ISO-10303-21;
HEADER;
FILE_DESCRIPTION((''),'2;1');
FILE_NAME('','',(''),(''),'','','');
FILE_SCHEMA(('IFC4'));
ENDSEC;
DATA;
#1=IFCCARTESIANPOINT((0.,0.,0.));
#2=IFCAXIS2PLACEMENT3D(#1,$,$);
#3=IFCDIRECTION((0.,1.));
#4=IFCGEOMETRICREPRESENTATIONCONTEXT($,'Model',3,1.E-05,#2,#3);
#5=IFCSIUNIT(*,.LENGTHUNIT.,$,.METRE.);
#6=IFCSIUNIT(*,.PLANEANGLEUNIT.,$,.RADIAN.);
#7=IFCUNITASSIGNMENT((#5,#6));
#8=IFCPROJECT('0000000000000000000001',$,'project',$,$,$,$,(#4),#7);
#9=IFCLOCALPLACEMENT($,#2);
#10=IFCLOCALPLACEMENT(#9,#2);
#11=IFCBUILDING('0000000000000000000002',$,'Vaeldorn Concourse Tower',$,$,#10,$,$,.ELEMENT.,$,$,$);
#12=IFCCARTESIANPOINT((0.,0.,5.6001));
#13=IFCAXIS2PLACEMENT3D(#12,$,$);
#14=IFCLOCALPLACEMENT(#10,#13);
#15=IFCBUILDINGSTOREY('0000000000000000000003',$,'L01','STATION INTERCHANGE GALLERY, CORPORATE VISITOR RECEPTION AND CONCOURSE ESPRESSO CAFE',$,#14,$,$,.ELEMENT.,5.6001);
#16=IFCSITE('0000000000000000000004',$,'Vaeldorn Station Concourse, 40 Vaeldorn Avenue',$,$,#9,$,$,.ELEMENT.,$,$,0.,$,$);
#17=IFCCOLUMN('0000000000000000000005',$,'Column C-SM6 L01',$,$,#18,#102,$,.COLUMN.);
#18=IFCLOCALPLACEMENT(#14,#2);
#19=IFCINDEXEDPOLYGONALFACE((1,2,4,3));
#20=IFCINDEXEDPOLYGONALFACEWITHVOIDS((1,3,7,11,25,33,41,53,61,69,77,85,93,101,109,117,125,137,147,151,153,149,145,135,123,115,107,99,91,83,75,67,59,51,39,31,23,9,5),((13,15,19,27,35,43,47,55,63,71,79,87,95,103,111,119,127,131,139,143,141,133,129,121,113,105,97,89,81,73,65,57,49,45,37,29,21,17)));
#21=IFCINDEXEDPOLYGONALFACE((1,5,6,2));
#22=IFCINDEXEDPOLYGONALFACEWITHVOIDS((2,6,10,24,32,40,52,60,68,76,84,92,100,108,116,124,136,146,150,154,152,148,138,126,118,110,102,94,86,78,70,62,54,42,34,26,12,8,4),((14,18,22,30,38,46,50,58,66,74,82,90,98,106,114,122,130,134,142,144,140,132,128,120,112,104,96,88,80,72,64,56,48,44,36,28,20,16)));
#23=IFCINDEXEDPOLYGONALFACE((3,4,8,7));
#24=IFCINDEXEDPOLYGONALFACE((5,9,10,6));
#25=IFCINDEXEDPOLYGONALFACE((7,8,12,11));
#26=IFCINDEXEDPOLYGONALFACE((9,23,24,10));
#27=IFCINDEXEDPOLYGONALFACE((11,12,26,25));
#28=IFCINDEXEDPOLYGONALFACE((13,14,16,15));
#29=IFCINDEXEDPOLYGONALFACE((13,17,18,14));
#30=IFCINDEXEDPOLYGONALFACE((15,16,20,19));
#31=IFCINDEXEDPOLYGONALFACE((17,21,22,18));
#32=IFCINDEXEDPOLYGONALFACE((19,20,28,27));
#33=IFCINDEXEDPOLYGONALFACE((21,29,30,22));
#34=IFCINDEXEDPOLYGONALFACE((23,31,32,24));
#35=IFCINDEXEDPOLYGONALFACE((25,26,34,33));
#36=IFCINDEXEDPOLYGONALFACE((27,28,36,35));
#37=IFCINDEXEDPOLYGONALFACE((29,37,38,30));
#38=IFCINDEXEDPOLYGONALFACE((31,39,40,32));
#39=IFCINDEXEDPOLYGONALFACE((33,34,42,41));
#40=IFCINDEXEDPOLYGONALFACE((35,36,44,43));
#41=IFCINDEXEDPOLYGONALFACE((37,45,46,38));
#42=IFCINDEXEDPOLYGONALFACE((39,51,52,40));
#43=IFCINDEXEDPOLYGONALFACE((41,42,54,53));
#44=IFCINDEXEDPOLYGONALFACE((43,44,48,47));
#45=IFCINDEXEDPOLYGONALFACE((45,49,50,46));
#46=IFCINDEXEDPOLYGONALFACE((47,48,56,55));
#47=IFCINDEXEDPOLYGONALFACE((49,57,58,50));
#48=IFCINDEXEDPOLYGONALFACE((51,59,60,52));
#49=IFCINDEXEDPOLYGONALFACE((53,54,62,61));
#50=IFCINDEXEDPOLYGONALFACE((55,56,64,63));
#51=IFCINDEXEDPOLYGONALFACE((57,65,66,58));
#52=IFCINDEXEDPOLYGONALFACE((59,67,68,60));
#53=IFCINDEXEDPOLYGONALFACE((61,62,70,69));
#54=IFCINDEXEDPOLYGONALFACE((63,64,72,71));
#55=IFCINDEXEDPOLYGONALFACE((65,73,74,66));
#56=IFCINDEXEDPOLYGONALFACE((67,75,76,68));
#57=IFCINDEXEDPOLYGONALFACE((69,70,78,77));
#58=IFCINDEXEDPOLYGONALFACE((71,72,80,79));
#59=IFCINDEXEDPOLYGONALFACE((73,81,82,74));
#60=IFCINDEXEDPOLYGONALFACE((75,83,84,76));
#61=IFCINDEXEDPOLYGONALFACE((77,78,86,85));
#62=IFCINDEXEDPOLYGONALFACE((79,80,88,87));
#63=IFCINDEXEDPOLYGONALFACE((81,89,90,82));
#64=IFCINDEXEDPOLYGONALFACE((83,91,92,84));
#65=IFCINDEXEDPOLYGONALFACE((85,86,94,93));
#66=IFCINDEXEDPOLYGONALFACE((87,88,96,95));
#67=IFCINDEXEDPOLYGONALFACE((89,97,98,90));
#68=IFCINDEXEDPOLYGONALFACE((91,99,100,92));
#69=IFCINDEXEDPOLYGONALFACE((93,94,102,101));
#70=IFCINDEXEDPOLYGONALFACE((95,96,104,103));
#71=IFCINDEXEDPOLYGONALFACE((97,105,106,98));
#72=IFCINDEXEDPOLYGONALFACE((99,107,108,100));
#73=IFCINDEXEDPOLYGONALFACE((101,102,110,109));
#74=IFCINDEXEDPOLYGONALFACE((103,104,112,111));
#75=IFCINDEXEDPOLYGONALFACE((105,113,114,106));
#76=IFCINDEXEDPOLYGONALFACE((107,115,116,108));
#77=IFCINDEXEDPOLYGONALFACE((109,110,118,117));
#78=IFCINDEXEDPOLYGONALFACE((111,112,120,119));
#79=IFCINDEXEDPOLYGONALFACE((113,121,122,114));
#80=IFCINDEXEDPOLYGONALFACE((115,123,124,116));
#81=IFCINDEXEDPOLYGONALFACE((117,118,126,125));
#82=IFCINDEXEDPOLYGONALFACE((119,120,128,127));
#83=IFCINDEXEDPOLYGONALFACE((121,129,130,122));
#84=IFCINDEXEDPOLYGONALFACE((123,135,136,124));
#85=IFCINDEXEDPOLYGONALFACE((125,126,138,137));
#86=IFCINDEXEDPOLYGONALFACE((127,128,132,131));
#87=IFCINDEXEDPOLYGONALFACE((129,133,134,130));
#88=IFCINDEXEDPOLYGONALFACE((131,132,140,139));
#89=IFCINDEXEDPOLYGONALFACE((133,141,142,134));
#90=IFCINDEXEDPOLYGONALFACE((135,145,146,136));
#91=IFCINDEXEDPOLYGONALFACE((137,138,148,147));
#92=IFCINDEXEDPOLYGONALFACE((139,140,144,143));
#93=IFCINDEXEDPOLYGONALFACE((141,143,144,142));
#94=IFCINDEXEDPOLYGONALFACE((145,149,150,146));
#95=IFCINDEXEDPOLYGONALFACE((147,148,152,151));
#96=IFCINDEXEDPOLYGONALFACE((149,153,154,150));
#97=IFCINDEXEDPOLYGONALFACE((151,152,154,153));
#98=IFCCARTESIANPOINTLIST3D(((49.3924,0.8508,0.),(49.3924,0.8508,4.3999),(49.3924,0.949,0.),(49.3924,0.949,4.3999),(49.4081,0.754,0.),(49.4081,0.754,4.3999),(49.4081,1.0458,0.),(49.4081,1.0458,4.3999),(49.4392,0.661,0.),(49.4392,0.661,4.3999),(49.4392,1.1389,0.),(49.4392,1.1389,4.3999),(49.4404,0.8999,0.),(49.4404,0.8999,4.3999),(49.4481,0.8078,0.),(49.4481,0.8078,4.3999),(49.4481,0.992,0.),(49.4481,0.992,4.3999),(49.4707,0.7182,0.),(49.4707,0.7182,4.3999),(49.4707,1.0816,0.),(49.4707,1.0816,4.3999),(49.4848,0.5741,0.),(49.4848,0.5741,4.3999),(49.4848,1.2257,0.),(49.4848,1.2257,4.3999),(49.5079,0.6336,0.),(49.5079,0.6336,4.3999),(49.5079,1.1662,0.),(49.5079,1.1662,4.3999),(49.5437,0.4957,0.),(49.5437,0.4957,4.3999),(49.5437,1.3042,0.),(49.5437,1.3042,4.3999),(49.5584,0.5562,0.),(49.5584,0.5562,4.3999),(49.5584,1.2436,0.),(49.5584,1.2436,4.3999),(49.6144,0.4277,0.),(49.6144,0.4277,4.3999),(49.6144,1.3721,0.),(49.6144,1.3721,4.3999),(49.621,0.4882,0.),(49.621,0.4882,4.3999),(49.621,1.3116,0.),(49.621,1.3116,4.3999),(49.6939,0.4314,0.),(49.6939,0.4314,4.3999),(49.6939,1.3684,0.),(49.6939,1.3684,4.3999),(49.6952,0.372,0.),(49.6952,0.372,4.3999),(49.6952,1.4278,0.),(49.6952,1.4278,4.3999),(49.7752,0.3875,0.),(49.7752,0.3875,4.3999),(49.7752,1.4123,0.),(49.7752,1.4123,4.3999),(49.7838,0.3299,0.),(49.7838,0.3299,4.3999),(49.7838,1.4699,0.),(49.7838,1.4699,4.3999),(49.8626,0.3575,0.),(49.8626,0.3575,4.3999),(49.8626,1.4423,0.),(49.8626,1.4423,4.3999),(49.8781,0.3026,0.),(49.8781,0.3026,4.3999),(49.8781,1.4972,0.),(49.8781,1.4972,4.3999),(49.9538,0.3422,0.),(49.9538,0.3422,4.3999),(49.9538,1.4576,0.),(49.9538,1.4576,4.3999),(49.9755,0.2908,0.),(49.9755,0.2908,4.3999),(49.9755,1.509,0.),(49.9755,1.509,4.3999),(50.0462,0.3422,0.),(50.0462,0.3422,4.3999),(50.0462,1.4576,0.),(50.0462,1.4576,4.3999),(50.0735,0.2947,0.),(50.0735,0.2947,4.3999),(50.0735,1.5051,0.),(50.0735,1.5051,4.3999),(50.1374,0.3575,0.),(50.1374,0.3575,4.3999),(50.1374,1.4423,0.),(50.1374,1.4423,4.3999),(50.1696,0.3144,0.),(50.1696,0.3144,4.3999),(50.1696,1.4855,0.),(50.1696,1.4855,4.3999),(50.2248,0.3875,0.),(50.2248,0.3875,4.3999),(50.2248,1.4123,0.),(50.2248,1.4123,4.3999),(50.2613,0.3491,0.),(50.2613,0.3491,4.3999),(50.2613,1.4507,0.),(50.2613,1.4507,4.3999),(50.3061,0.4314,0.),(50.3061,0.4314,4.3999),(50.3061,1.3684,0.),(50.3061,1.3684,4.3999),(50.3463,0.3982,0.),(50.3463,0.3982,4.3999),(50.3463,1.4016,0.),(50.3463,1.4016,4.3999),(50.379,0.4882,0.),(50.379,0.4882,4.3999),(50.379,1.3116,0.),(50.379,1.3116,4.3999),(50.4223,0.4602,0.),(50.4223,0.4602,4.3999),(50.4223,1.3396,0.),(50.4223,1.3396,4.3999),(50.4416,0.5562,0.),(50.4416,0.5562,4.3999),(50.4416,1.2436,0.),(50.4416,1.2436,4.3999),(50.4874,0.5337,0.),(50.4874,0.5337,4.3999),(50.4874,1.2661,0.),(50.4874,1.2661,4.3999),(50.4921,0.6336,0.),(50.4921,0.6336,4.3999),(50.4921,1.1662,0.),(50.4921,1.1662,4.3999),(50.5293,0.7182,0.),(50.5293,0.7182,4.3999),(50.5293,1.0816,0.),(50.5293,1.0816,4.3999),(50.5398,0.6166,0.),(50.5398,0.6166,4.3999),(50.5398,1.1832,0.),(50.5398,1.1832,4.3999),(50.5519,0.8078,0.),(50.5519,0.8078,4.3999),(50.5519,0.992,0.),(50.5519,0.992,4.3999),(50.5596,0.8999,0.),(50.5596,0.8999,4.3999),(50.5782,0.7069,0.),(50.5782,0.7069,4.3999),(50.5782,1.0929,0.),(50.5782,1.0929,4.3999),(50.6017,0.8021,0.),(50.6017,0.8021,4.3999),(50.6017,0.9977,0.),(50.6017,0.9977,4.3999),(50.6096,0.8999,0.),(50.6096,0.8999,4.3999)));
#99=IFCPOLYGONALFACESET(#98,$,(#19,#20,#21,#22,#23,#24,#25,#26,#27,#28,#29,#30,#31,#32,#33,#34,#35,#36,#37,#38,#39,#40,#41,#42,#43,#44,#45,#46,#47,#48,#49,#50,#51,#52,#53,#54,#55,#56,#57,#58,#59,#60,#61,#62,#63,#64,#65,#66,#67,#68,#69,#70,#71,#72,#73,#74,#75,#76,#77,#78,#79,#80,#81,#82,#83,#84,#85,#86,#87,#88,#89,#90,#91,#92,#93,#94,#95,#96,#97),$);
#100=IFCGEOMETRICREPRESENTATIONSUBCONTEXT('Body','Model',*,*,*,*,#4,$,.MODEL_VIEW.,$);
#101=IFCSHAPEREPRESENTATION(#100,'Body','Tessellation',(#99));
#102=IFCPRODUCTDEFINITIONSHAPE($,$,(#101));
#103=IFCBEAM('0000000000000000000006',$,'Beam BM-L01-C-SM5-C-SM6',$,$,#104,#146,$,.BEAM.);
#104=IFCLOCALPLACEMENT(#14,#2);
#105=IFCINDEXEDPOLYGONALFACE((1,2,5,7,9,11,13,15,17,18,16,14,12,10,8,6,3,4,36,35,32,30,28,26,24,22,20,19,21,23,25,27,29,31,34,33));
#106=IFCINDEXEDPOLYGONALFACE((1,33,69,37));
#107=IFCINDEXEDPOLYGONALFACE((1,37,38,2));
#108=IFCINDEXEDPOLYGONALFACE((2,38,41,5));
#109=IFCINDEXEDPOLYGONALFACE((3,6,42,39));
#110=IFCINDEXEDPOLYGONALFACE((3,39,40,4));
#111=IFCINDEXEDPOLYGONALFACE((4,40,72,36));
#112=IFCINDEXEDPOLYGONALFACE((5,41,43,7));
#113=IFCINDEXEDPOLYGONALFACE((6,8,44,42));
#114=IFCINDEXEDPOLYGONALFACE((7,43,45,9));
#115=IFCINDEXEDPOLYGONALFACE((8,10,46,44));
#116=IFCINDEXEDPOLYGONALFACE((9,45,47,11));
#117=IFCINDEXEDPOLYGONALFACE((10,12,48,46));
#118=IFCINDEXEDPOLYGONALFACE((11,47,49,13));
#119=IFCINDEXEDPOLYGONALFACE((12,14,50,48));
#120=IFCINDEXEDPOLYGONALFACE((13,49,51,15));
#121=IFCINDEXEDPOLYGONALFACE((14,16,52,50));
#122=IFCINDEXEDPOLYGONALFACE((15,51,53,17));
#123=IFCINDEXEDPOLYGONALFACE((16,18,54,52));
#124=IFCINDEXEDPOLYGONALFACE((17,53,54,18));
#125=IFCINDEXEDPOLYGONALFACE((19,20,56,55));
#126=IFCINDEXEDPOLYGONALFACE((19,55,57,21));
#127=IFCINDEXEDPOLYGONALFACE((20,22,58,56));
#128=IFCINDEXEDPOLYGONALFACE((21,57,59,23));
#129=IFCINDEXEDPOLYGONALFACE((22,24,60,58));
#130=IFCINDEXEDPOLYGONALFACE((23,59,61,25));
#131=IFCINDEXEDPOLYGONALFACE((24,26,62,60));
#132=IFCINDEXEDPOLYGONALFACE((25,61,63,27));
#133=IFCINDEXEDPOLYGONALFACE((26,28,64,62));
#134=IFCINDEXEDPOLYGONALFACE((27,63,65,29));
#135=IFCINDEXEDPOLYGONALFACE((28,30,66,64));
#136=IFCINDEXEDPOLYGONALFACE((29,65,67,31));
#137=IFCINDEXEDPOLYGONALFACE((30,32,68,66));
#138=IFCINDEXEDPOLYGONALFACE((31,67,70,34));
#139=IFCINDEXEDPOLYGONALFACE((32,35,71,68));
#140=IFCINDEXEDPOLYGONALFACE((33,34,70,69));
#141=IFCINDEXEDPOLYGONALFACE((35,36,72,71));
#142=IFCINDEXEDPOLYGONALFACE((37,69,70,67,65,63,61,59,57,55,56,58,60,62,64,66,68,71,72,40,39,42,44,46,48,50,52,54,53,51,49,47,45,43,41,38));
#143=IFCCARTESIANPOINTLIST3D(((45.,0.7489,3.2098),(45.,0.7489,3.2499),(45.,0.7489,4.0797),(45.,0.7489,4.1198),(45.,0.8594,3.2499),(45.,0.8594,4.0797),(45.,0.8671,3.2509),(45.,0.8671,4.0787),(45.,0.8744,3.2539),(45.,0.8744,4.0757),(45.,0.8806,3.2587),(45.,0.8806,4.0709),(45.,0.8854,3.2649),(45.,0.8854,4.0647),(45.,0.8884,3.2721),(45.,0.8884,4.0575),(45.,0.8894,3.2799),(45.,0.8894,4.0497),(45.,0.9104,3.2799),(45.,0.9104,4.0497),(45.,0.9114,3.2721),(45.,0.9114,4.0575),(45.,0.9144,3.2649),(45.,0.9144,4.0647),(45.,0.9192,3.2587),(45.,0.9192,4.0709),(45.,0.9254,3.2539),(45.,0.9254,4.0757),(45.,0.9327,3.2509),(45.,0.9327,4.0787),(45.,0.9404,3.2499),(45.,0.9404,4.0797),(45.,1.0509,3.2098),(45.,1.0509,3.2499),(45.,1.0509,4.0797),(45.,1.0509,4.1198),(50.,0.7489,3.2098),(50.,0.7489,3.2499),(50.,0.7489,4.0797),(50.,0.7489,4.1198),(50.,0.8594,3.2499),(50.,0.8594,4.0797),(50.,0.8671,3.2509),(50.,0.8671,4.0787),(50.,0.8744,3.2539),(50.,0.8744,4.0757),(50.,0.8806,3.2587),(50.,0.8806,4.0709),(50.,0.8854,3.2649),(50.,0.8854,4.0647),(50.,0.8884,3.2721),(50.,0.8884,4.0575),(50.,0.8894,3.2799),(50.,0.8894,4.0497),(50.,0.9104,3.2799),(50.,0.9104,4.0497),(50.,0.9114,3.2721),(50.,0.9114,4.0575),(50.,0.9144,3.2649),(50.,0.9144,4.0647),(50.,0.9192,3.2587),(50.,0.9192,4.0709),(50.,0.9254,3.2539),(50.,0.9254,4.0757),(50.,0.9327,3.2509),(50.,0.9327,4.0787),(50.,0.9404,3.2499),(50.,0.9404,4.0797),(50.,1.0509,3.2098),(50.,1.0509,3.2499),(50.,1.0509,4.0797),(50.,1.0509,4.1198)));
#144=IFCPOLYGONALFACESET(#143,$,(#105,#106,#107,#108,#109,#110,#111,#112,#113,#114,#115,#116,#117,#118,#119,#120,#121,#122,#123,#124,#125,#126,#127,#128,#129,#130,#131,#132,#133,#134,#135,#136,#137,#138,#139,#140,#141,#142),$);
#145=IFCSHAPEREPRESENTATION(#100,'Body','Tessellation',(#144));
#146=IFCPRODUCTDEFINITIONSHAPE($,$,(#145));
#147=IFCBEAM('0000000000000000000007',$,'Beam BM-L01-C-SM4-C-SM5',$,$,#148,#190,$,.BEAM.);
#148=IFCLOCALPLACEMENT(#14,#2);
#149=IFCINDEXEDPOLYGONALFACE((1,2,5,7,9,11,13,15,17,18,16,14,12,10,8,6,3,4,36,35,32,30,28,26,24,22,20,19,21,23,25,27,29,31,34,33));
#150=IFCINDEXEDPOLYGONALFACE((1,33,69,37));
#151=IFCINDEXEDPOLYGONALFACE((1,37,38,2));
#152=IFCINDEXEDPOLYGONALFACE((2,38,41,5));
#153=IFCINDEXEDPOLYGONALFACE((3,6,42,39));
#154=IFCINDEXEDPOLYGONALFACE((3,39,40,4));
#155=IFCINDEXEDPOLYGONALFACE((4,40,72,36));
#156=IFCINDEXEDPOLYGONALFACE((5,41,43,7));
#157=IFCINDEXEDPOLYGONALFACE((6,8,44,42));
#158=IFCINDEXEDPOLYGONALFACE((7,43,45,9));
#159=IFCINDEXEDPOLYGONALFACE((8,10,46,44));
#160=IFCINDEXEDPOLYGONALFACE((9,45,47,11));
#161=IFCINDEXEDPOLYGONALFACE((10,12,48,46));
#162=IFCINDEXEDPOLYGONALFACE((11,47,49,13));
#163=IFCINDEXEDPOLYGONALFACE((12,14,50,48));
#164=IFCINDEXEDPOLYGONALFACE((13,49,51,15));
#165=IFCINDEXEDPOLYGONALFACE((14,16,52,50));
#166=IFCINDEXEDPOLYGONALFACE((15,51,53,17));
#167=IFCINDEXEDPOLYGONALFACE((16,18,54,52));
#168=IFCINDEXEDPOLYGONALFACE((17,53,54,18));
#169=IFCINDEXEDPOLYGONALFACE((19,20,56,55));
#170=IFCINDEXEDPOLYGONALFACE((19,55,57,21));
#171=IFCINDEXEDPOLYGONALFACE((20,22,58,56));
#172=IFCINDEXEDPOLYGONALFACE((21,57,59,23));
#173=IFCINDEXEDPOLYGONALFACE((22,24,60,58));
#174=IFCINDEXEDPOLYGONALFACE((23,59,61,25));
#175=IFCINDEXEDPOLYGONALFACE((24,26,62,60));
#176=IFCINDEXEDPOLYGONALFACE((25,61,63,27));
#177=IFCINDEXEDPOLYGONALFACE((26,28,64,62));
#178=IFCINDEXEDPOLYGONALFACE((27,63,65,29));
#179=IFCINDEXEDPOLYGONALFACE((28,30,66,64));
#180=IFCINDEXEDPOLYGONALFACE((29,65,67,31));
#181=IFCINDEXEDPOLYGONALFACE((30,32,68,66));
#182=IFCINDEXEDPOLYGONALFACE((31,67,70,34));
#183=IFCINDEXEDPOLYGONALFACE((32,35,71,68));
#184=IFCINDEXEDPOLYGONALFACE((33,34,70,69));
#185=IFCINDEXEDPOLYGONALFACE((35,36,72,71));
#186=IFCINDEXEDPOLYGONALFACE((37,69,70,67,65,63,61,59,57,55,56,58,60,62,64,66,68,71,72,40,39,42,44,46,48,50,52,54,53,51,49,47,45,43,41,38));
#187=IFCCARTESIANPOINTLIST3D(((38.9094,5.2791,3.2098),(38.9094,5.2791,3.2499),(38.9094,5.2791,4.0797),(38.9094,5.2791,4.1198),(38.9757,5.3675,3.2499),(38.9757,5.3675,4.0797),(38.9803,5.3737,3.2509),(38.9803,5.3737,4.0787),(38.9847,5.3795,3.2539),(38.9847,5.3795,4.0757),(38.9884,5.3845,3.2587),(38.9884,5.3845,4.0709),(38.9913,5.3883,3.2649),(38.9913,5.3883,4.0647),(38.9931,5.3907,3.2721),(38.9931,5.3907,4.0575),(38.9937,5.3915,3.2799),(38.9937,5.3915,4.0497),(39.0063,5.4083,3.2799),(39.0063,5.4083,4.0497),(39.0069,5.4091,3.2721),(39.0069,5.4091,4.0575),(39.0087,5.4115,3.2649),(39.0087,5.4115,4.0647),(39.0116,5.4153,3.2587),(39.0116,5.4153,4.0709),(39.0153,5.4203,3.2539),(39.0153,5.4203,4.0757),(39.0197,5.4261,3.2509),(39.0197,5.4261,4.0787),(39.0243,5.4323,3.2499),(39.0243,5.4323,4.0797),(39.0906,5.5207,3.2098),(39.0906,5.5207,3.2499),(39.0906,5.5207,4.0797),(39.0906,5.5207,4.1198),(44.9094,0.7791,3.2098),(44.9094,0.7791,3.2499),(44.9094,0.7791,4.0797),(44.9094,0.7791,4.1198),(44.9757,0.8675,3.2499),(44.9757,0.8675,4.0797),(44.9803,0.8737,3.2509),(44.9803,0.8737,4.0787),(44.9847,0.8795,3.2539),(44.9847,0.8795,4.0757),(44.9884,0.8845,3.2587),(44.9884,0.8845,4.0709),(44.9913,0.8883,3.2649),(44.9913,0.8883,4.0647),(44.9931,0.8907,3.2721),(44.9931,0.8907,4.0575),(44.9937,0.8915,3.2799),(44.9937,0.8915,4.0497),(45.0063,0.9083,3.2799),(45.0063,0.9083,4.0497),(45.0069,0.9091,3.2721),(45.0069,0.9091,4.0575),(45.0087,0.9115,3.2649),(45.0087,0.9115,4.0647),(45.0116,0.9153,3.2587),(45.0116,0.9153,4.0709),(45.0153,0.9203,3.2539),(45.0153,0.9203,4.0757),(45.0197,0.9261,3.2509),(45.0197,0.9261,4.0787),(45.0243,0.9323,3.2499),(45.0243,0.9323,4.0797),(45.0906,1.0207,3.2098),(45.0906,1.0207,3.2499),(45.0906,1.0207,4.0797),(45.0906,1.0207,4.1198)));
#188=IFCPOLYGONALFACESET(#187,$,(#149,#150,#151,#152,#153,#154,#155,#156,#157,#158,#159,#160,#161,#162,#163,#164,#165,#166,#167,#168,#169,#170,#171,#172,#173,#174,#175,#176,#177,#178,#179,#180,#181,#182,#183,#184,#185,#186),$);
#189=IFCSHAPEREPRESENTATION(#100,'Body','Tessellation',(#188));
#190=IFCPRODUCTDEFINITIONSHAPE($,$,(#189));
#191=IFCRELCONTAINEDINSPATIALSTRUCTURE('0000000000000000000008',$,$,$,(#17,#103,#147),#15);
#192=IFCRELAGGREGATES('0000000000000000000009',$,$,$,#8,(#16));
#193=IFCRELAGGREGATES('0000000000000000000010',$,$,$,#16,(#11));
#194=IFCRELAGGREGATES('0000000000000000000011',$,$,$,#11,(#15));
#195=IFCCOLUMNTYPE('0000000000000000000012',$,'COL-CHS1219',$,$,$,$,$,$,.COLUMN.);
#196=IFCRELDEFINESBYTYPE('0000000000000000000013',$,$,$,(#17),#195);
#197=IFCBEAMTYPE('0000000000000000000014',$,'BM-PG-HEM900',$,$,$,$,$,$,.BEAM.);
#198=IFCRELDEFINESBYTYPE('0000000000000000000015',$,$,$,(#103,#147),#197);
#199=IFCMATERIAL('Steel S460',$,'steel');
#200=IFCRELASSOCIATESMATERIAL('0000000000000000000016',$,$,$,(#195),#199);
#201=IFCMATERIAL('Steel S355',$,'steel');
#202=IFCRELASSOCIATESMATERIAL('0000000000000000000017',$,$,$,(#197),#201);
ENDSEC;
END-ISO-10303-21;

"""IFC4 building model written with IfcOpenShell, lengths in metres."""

from ifc_helpers import new_model, si_unit, direction, frame, origin, origin_2d, place, context, subcontext, project, spatial, hollow_circle, i_section, extrude, source, transform, mapped, material, material_profile, profile_set, type_object, element, save


model = new_model("IFC4")

# Units and contexts
model_context = context("Model", 3, precision=1e-05, world=origin(), true_north=direction((0.0, 1.0)))
body_context = subcontext(model_context, "Body", "Model", "MODEL_VIEW")
ifc_project = project(units=[si_unit("LENGTHUNIT", "METRE"), si_unit("PLANEANGLEUNIT", "RADIAN")], contexts=[model_context])

# Site, building, storey
site_placement = place(None, origin())
site = spatial("IfcSite", under=ifc_project, at=site_placement, Name="Vaeldorn Station Concourse, 40 Vaeldorn Avenue", CompositionType="ELEMENT", RefElevation=0.0)
building_placement = place(site_placement, origin())
building = spatial("IfcBuilding", under=site, at=building_placement, Name="Vaeldorn Concourse Tower", CompositionType="ELEMENT")
storey_placement = place(building_placement, frame((0.0, 0.0, 5.6001)))
storey = spatial("IfcBuildingStorey", under=building, at=storey_placement, Name="L01", Description="STATION INTERCHANGE GALLERY, CORPORATE VISITOR RECEPTION AND CONCOURSE ESPRESSO CAFE", CompositionType="ELEMENT", Elevation=5.6001)

# Column
ifc_material_1 = material(Name="Steel S460", Category="steel")
ifc_material_profile_1 = material_profile(ifc_material_1, hollow_circle(Radius=0.6096, WallThickness=0.05, at=origin_2d()), Name="CHS 1219x50")
ifc_profile_set_1 = profile_set([ifc_material_profile_1], Name="Steel S460")
column_type = type_object("IfcColumnType", Name="COL-CHS1219", PredefinedType="COLUMN", material=ifc_profile_set_1)
shared_shape_1 = source(origin(), body_context, "Body", "SweptSolid", [
    extrude(hollow_circle(Radius=0.6096, WallThickness=0.05, at=origin_2d()), origin(), (0.0, 0.0, 1.0), 4.3999),
])
for number, where, z_axis, x_axis, name in (
    (1, (50.0, 0.8999, 0.0), (0.0, 0.0, 1.0), (1.0, 0.0, 0.0), "Column C-SM6 L01"),
):
    element("IfcColumn", number, at=place(storey_placement, frame(where, z_axis=z_axis, x_axis=x_axis)), inside=storey, type_object=column_type, Name=name, PredefinedType="COLUMN", context=body_context, shape_type="MappedRepresentation", body=[
        mapped(shared_shape_1, transform((0.0, 0.0, 0.0), scale=1.0)),
    ])

# Beams
ifc_material_2 = material(Name="Steel S355", Category="steel")
ifc_material_profile_2 = material_profile(ifc_material_2, i_section(OverallWidth=0.302, OverallDepth=0.9099, WebThickness=0.021, FlangeThickness=0.04, FilletRadius=0.03, at=origin_2d()), Name="HEM 900")
ifc_profile_set_2 = profile_set([ifc_material_profile_2], Name="Steel S355")
beam_type_1 = type_object("IfcBeamType", Name="BM-PG-HEM900", PredefinedType="BEAM", material=ifc_profile_set_2)
shared_shape_2 = source(origin(), body_context, "Body", "SweptSolid", [
    extrude(i_section(OverallWidth=0.302, OverallDepth=0.9099, WebThickness=0.021, FlangeThickness=0.04, FilletRadius=0.03, at=origin_2d()), origin(), (0.0, 0.0, 1.0), 5.0),
])
beam_1_placement = place(storey_placement, frame((45.0, 0.8999, 3.6648), z_axis=(1.0, 0.0, 0.0), x_axis=(0.0, 1.0, 0.0)))
element("IfcBeam", 2, at=beam_1_placement, inside=storey, type_object=beam_type_1, Name="Beam BM-L01-C-SM5-C-SM6", PredefinedType="BEAM", context=body_context, shape_type="MappedRepresentation", body=[
    mapped(shared_shape_2, transform((0.0, 0.0, 0.0), scale=1.0)),
])
shared_shape_3 = source(origin(), body_context, "Body", "SweptSolid", [
    extrude(i_section(OverallWidth=0.302, OverallDepth=0.9099, WebThickness=0.021, FlangeThickness=0.04, FilletRadius=0.03, at=origin_2d()), origin(), (0.0, 0.0, 1.0), 7.5),
])
beam_2_placement = place(storey_placement, frame((39.0, 5.3999, 3.6648), z_axis=(0.8, -0.6, 0.0), x_axis=(0.6, 0.8, 0.0)))
element("IfcBeam", 3, at=beam_2_placement, inside=storey, type_object=beam_type_1, Name="Beam BM-L01-C-SM4-C-SM5", PredefinedType="BEAM", context=body_context, shape_type="MappedRepresentation", body=[
    mapped(shared_shape_3, transform((0.0, 0.0, 0.0), scale=1.0)),
])

save(model, "model.ifc")
